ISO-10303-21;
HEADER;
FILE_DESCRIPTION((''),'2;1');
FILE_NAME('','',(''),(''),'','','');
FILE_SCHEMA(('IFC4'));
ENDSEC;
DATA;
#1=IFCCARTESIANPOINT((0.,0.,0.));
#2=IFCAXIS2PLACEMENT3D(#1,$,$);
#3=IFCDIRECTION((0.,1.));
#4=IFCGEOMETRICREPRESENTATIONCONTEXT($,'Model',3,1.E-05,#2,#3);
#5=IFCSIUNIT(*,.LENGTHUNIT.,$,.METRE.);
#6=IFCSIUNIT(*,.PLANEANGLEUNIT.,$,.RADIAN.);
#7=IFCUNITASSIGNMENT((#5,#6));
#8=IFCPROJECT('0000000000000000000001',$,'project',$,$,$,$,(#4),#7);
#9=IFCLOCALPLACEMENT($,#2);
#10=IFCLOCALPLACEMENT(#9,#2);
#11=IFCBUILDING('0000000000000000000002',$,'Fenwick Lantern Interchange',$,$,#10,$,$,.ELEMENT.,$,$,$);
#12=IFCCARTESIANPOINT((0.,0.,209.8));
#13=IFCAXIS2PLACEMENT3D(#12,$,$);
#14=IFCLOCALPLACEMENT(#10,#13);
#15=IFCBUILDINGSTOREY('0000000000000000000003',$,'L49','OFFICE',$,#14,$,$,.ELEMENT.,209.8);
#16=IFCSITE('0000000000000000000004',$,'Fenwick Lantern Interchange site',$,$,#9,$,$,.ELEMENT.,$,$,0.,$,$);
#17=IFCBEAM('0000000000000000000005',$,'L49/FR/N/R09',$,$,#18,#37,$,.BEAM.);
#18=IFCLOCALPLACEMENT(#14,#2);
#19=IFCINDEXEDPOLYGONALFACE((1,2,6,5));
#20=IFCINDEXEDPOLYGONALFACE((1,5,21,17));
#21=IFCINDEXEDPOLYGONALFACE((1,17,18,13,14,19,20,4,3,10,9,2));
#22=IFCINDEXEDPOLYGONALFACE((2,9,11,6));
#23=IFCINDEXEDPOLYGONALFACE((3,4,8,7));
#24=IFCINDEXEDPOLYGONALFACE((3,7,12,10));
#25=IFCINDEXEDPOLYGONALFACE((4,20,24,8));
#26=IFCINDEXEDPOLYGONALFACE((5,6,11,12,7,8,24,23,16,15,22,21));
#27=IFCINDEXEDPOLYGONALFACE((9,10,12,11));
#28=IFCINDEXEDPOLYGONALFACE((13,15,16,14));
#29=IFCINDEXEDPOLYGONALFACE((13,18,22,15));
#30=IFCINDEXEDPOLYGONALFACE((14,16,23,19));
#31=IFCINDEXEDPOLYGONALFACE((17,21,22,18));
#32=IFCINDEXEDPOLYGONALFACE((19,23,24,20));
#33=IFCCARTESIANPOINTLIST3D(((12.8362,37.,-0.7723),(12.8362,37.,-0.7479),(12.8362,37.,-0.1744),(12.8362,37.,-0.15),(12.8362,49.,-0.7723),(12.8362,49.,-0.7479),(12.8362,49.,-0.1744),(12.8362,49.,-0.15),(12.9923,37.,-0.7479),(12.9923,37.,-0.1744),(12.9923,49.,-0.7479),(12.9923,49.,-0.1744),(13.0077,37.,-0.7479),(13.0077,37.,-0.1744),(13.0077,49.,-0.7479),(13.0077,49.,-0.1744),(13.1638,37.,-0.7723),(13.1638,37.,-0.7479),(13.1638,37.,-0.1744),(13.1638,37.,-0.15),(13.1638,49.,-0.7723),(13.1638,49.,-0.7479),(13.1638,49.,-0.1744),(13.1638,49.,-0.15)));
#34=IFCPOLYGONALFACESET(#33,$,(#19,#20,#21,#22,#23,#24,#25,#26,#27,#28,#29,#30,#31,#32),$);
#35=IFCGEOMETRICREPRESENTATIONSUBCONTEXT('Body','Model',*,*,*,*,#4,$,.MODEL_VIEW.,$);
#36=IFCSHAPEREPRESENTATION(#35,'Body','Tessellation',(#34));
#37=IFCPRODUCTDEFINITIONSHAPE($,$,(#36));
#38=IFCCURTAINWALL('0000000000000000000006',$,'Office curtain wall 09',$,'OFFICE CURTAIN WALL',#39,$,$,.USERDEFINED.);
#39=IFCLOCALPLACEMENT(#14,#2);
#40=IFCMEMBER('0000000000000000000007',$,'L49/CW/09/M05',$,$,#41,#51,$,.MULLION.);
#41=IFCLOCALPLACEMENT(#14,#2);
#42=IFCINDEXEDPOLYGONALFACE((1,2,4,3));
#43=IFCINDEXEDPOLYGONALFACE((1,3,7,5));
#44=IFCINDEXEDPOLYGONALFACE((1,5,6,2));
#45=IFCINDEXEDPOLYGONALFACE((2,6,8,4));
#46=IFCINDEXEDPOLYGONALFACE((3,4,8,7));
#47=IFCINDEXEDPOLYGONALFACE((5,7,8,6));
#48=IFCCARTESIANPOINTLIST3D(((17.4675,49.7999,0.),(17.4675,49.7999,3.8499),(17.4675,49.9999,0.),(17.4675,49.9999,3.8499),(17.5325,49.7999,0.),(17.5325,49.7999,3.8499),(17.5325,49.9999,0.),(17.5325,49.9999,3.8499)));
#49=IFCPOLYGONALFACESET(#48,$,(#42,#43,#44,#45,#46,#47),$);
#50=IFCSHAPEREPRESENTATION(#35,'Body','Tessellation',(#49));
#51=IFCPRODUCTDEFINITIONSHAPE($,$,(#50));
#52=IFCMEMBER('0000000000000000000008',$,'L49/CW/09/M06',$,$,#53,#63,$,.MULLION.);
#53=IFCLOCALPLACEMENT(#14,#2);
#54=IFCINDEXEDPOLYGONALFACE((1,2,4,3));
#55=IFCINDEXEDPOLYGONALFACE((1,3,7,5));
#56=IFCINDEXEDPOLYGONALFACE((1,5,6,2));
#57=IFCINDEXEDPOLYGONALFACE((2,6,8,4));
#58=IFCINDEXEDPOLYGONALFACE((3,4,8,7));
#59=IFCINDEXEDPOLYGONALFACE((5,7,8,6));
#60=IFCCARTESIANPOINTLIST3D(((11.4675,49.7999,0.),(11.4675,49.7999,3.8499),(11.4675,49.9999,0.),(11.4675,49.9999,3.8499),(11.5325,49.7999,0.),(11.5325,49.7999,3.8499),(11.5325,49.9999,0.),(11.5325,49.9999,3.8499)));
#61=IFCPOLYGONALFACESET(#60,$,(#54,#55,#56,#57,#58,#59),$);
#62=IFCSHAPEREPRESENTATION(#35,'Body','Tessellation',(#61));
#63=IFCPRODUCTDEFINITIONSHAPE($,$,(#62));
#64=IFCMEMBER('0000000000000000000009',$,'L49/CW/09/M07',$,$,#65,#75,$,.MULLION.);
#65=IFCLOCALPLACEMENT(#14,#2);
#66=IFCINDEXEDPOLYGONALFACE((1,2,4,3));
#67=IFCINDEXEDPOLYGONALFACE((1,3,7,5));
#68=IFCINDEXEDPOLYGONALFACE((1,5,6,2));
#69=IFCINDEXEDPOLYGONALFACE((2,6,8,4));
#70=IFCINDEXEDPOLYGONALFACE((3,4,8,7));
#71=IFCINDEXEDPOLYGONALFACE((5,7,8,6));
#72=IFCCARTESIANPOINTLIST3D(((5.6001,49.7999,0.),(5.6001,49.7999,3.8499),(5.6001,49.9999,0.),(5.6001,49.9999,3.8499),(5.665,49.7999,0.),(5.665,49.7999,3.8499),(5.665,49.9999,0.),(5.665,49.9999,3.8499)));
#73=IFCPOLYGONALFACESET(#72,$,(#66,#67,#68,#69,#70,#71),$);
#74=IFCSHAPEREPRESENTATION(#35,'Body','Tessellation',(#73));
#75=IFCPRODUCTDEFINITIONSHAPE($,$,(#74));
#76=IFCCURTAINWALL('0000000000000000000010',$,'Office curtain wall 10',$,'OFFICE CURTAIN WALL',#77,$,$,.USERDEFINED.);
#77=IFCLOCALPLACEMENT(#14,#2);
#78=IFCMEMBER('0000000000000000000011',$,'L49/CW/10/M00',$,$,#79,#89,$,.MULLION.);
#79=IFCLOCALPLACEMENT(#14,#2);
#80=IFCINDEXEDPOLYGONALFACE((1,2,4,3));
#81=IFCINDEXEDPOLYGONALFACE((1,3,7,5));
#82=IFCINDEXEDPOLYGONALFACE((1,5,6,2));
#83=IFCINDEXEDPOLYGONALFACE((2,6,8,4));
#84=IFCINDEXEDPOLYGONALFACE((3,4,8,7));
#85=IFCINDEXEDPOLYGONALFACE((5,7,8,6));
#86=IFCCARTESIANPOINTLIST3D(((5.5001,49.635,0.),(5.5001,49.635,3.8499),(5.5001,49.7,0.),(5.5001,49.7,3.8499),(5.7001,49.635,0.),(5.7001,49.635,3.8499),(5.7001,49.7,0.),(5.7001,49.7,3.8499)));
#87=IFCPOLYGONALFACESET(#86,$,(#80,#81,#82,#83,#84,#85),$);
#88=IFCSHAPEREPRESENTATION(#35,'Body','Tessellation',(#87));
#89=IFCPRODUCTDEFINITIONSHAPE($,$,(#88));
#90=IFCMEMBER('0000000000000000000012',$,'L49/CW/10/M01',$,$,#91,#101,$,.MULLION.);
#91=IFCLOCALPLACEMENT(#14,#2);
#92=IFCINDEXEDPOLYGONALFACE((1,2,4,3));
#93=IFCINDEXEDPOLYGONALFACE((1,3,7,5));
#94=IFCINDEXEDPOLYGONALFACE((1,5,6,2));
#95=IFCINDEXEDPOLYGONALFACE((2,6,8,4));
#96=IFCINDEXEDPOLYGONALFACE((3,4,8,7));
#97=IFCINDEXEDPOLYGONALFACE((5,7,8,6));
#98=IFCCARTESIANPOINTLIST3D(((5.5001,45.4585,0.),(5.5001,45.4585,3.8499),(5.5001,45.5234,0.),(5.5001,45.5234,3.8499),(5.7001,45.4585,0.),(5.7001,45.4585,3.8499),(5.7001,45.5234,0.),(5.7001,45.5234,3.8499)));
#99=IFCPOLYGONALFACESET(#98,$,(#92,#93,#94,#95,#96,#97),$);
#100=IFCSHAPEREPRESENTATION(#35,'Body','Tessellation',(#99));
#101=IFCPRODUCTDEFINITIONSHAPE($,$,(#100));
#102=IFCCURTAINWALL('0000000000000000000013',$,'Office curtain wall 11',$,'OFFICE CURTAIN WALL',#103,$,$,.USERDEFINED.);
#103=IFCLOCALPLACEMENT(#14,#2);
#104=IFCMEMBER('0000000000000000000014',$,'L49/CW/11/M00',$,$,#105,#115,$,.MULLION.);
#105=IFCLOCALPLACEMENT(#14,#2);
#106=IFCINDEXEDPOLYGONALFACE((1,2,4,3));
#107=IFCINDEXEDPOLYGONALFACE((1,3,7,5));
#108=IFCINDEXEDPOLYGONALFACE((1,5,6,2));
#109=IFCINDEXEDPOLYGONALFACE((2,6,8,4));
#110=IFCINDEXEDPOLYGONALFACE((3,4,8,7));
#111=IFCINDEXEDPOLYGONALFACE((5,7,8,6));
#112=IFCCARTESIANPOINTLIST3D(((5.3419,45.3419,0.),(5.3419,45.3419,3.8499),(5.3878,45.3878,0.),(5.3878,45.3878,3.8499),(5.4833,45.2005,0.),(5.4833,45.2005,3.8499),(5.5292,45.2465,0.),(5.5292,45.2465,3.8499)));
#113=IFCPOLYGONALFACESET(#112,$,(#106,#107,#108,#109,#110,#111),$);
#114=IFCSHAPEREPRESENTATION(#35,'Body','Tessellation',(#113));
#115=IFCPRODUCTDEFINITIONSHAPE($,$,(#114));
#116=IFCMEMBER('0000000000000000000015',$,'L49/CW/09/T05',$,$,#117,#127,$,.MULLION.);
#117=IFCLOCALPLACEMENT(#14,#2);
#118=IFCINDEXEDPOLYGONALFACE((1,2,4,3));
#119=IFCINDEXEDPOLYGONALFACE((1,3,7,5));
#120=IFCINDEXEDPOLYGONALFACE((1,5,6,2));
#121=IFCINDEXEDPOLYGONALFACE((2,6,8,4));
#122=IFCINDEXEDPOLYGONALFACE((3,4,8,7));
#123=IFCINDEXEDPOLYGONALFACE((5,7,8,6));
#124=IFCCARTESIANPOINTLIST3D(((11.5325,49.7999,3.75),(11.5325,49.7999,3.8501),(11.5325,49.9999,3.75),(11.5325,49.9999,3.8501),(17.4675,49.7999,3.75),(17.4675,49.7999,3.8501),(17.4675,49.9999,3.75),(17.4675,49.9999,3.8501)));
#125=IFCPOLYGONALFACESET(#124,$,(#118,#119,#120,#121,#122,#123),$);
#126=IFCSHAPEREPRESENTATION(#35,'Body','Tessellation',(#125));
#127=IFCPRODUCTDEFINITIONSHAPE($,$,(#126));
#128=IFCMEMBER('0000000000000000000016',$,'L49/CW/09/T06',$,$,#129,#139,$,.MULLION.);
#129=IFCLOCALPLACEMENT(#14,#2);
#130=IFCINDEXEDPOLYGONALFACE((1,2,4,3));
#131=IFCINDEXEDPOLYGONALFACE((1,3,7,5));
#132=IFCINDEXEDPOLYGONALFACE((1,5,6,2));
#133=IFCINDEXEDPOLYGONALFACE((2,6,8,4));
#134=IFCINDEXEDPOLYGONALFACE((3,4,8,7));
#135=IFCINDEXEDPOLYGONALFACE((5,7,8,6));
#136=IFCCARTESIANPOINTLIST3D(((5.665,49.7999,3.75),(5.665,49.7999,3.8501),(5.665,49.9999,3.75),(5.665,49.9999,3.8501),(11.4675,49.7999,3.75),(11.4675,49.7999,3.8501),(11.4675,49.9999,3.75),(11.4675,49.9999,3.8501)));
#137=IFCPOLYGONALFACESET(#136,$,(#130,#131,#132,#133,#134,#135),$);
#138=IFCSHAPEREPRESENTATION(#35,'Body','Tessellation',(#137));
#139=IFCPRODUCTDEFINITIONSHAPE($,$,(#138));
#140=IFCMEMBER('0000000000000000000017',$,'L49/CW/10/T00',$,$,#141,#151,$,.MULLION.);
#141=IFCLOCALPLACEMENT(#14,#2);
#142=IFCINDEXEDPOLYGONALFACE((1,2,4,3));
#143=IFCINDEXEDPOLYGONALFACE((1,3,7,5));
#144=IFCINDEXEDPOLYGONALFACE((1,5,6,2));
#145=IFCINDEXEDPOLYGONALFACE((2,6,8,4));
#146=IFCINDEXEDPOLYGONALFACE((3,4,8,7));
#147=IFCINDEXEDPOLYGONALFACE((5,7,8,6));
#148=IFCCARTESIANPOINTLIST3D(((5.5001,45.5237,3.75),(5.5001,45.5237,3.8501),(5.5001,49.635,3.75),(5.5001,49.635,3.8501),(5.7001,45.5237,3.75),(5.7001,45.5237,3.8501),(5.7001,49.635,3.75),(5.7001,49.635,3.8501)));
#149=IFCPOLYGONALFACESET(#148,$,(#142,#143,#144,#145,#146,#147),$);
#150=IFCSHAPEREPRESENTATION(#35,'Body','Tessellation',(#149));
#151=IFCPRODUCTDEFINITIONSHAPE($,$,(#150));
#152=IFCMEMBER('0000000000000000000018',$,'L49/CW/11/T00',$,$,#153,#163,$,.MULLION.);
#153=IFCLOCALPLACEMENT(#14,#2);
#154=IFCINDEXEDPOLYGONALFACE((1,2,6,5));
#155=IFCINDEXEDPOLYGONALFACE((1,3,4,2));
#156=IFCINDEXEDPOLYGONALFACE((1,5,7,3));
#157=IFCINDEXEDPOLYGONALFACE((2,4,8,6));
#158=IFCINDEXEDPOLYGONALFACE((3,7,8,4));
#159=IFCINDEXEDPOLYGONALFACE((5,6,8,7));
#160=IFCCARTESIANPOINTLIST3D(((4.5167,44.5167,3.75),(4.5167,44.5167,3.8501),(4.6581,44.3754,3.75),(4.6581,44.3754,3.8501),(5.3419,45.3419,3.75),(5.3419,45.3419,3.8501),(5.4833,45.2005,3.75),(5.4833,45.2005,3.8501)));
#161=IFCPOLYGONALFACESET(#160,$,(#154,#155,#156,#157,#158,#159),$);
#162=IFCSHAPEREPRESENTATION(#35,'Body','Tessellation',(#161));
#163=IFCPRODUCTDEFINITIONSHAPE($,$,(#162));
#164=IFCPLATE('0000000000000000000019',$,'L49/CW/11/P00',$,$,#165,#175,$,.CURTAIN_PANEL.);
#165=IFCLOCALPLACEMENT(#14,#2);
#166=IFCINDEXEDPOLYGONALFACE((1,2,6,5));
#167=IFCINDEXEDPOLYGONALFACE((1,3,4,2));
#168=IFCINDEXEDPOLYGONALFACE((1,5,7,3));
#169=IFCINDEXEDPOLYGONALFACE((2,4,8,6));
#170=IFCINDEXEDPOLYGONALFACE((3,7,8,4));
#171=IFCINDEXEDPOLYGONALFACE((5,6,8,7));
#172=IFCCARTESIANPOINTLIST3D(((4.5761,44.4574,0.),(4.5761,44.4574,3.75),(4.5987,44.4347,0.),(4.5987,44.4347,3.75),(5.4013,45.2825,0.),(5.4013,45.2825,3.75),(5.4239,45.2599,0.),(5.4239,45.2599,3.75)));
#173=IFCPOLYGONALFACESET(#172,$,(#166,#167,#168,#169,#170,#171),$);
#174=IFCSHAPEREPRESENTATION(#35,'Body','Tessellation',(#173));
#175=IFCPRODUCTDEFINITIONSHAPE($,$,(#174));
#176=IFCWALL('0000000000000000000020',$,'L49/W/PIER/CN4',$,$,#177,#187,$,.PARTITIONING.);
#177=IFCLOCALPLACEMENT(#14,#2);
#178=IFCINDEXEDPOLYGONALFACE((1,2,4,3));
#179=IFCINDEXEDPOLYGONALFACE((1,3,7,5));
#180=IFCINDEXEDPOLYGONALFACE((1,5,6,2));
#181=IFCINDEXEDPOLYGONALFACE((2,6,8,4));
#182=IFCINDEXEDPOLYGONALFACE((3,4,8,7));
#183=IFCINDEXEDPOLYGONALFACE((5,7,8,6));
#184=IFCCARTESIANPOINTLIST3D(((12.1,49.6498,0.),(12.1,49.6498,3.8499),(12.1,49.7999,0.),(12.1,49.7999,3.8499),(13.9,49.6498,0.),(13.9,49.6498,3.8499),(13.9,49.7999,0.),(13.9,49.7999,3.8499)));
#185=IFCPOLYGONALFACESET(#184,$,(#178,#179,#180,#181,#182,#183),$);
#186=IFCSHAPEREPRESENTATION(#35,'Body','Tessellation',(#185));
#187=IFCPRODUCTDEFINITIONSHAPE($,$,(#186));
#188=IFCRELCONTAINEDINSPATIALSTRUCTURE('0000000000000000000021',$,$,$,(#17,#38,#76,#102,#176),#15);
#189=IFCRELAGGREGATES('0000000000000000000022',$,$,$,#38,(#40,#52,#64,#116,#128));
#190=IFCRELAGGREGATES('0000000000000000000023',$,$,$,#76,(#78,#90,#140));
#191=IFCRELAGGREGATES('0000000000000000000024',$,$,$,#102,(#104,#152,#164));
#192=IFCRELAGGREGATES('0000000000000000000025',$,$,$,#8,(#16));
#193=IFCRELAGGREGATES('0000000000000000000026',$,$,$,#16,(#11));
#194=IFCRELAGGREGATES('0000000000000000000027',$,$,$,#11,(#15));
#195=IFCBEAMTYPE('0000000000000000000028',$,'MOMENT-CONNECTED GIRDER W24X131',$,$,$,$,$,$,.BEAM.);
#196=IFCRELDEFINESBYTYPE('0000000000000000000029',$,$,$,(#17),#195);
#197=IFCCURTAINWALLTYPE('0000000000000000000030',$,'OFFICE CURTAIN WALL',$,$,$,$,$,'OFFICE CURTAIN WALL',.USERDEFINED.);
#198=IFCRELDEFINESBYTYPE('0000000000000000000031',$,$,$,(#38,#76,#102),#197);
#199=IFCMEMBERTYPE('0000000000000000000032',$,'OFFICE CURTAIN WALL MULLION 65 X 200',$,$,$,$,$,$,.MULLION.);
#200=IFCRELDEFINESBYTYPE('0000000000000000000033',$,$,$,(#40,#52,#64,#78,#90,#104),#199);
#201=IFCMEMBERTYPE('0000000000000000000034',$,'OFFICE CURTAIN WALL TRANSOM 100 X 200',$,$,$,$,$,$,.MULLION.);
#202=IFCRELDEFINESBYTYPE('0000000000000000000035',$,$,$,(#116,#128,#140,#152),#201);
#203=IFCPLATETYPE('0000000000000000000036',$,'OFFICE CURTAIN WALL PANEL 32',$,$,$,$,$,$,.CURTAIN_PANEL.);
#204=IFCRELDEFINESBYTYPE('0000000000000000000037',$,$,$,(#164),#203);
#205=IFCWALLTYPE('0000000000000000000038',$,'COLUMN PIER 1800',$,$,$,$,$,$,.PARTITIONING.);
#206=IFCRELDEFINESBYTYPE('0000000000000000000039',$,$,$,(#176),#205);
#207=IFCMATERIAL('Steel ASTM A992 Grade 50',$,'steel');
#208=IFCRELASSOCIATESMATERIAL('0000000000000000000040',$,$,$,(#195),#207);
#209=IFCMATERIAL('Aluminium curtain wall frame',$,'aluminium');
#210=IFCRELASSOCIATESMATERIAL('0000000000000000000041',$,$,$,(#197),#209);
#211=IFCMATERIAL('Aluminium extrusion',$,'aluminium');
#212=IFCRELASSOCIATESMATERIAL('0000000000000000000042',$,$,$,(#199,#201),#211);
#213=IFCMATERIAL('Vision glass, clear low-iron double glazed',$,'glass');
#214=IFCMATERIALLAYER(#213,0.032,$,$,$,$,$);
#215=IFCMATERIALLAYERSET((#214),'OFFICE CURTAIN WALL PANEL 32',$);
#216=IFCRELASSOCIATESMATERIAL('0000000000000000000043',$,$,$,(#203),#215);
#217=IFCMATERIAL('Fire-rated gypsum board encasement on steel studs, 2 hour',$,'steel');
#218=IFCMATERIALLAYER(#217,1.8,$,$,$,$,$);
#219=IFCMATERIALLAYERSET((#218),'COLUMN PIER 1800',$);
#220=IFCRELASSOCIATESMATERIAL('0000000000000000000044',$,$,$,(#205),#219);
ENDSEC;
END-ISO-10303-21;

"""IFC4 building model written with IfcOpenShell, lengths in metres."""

from ifc_helpers import new_model, si_unit, direction, frame, frame_2d, origin, origin_2d, place, context, subcontext, project, spatial, rectangle, i_section, extrude, material, layer, layer_set, material_profile, profile_set, type_object, element, aggregate, save


model = new_model("IFC4")

# Units and contexts
model_context = context("Model", 3, precision=1e-05, world=origin(), true_north=direction((0.0, 1.0)))
body_context = subcontext(model_context, "Body", "Model", "MODEL_VIEW")
ifc_project = project(units=[si_unit("LENGTHUNIT", "METRE"), si_unit("PLANEANGLEUNIT", "RADIAN")], contexts=[model_context])

# Site, building, storey
site_placement = place(None, origin())
site = spatial("IfcSite", under=ifc_project, at=site_placement, Name="Fenwick Lantern Interchange site", CompositionType="ELEMENT", RefElevation=0.0)
building_placement = place(site_placement, origin())
building = spatial("IfcBuilding", under=site, at=building_placement, Name="Fenwick Lantern Interchange", CompositionType="ELEMENT")
storey_placement = place(building_placement, frame((0.0, 0.0, 209.8)))
storey = spatial("IfcBuildingStorey", under=building, at=storey_placement, Name="L49", Description="OFFICE", CompositionType="ELEMENT", Elevation=209.8)

# Shared definitions
ifc_material_1 = material(Name="Steel ASTM A992 Grade 50", Category="steel")

# Beam
ifc_material_profile_1 = material_profile(ifc_material_1, i_section(OverallWidth=0.3276, OverallDepth=0.6223, WebThickness=0.0154, FlangeThickness=0.0244, at=origin_2d()), Name="W24X131")
ifc_profile_set_1 = profile_set([ifc_material_profile_1], Name="Steel ASTM A992 Grade 50")
beam_type_1 = type_object("IfcBeamType", Name="MOMENT-CONNECTED GIRDER W24X131", PredefinedType="BEAM", material=ifc_profile_set_1)
beam_1_placement = place(storey_placement, frame((13.0, 49.0, -0.4612), z_axis=(0.0, -1.0, 0.0), x_axis=(1.0, 0.0, 0.0)))
element("IfcBeam", 1, at=beam_1_placement, inside=storey, type_object=beam_type_1, Name="L49/FR/N/R09", PredefinedType="BEAM", context=body_context, shape_type="SweptSolid", body=[
    extrude(i_section(OverallWidth=0.3276, OverallDepth=0.6223, WebThickness=0.0154, FlangeThickness=0.0244, at=origin_2d()), origin(), (0.0, 0.0, 1.0), 12.0),
])

# Curtain walls, members
ifc_material_2 = material(Name="Aluminium curtain wall frame", Category="aluminium")
curtain_wall_type = type_object("IfcCurtainWallType", Name="OFFICE CURTAIN WALL", ElementType="OFFICE CURTAIN WALL", PredefinedType="USERDEFINED", material=ifc_material_2)
curtain_wall_1_placement = place(storey_placement, origin())
curtain_wall_1 = element("IfcCurtainWall", 2, at=curtain_wall_1_placement, inside=storey, type_object=curtain_wall_type, Name="Office curtain wall 09", ObjectType="OFFICE CURTAIN WALL", PredefinedType="USERDEFINED")
ifc_material_3 = material(Name="Aluminium extrusion", Category="aluminium")
ifc_material_profile_2 = material_profile(ifc_material_3, rectangle(XDim=0.2, YDim=0.0649, at=origin_2d()), Name="OFFICE CURTAIN WALL MULLION 65 X 200")
ifc_profile_set_2 = profile_set([ifc_material_profile_2], Name="Aluminium extrusion")
member_type_1 = type_object("IfcMemberType", Name="OFFICE CURTAIN WALL MULLION 65 X 200", PredefinedType="MULLION", material=ifc_profile_set_2)
member_1_placement = place(storey_placement, frame((17.5, 49.8999, 0.0), z_axis=(0.0, 0.0, 1.0), x_axis=(0.0, -1.0, 0.0)))
member_1 = element("IfcMember", 3, at=member_1_placement, type_object=member_type_1, Name="L49/CW/09/M05", PredefinedType="MULLION", context=body_context, shape_type="SweptSolid", body=[
    extrude(rectangle(XDim=0.2, YDim=0.0649, at=origin_2d()), origin(), (0.0, 0.0, 1.0), 3.8499),
])
member_2_placement = place(storey_placement, frame((11.5, 49.8999, 0.0), z_axis=(0.0, 0.0, 1.0), x_axis=(0.0, -1.0, 0.0)))
member_2 = element("IfcMember", 4, at=member_2_placement, type_object=member_type_1, Name="L49/CW/09/M06", PredefinedType="MULLION", context=body_context, shape_type="SweptSolid", body=[
    extrude(rectangle(XDim=0.2, YDim=0.0649, at=origin_2d()), origin(), (0.0, 0.0, 1.0), 3.8499),
])
member_3_placement = place(storey_placement, frame((5.6326, 49.8999, 0.0), z_axis=(0.0, 0.0, 1.0), x_axis=(0.0, -1.0, 0.0)))
member_3 = element("IfcMember", 5, at=member_3_placement, type_object=member_type_1, Name="L49/CW/09/M07", PredefinedType="MULLION", context=body_context, shape_type="SweptSolid", body=[
    extrude(rectangle(XDim=0.2, YDim=0.0649, at=origin_2d()), origin(), (0.0, 0.0, 1.0), 3.8499),
])
curtain_wall_2_placement = place(storey_placement, origin())
curtain_wall_2 = element("IfcCurtainWall", 6, at=curtain_wall_2_placement, inside=storey, type_object=curtain_wall_type, Name="Office curtain wall 10", ObjectType="OFFICE CURTAIN WALL", PredefinedType="USERDEFINED")
member_4_placement = place(storey_placement, frame((5.6001, 49.6675, 0.0), z_axis=(0.0, 0.0, 1.0), x_axis=(1.0, 0.0, 0.0)))
member_4 = element("IfcMember", 7, at=member_4_placement, type_object=member_type_1, Name="L49/CW/10/M00", PredefinedType="MULLION", context=body_context, shape_type="SweptSolid", body=[
    extrude(rectangle(XDim=0.2, YDim=0.0649, at=origin_2d()), origin(), (0.0, 0.0, 1.0), 3.8499),
])
member_5_placement = place(storey_placement, frame((5.6001, 45.491, 0.0), z_axis=(0.0, 0.0, 1.0), x_axis=(1.0, 0.0, 0.0)))
member_5 = element("IfcMember", 8, at=member_5_placement, type_object=member_type_1, Name="L49/CW/10/M01", PredefinedType="MULLION", context=body_context, shape_type="SweptSolid", body=[
    extrude(rectangle(XDim=0.2, YDim=0.0649, at=origin_2d()), origin(), (0.0, 0.0, 1.0), 3.8499),
])

# Curtain wall, member
curtain_wall_3_placement = place(storey_placement, origin())
curtain_wall_3 = element("IfcCurtainWall", 9, at=curtain_wall_3_placement, inside=storey, type_object=curtain_wall_type, Name="Office curtain wall 11", ObjectType="OFFICE CURTAIN WALL", PredefinedType="USERDEFINED")
member_6_placement = place(storey_placement, frame((5.4355, 45.2942, 0.0), z_axis=(0.0, 0.0, 1.0), x_axis=(0.707107, -0.707107, 0.0)))
member_6 = element("IfcMember", 10, at=member_6_placement, type_object=member_type_1, Name="L49/CW/11/M00", PredefinedType="MULLION", context=body_context, shape_type="SweptSolid", body=[
    extrude(rectangle(XDim=0.2, YDim=0.0649, at=origin_2d()), origin(), (0.0, 0.0, 1.0), 3.8499),
])

# Members
ifc_material_profile_3 = material_profile(ifc_material_3, rectangle(XDim=0.2, YDim=0.1001, at=origin_2d()), Name="OFFICE CURTAIN WALL TRANSOM 100 X 200")
ifc_profile_set_3 = profile_set([ifc_material_profile_3], Name="Aluminium extrusion")
member_type_2 = type_object("IfcMemberType", Name="OFFICE CURTAIN WALL TRANSOM 100 X 200", PredefinedType="MULLION", material=ifc_profile_set_3)
member_7_placement = place(storey_placement, frame((17.4675, 49.8999, 3.8), z_axis=(-1.0, 0.0, 0.0), x_axis=(0.0, -1.0, 0.0)))
member_7 = element("IfcMember", 11, at=member_7_placement, type_object=member_type_2, Name="L49/CW/09/T05", PredefinedType="MULLION", context=body_context, shape_type="SweptSolid", body=[
    extrude(rectangle(XDim=0.2, YDim=0.1001, at=origin_2d()), origin(), (0.0, 0.0, 1.0), 5.9351),
])
member_8_placement = place(storey_placement, frame((11.4675, 49.8999, 3.8), z_axis=(-1.0, 0.0, 0.0), x_axis=(0.0, -1.0, 0.0)))
member_8 = element("IfcMember", 12, at=member_8_placement, type_object=member_type_2, Name="L49/CW/09/T06", PredefinedType="MULLION", context=body_context, shape_type="SweptSolid", body=[
    extrude(rectangle(XDim=0.2, YDim=0.1001, at=origin_2d()), origin(), (0.0, 0.0, 1.0), 5.8025),
])
aggregate(curtain_wall_1, [member_1, member_2, member_3, member_7, member_8])
member_9_placement = place(storey_placement, frame((5.6001, 49.635, 3.8), z_axis=(0.0, -1.0, 0.0), x_axis=(1.0, 0.0, 0.0)))
member_9 = element("IfcMember", 13, at=member_9_placement, type_object=member_type_2, Name="L49/CW/10/T00", PredefinedType="MULLION", context=body_context, shape_type="SweptSolid", body=[
    extrude(rectangle(XDim=0.2, YDim=0.1001, at=origin_2d()), origin(), (0.0, 0.0, 1.0), 4.1113),
])
member_10_placement = place(storey_placement, frame((5.4126, 45.2712, 3.8), z_axis=(-0.707107, -0.707107, 0.0), x_axis=(0.707107, -0.707107, 0.0)))
member_10 = element("IfcMember", 14, at=member_10_placement, type_object=member_type_2, Name="L49/CW/11/T00", PredefinedType="MULLION", context=body_context, shape_type="SweptSolid", body=[
    extrude(rectangle(XDim=0.2, YDim=0.1001, at=origin_2d()), origin(), (0.0, 0.0, 1.0), 1.167),
])

# Plate
ifc_material_4 = material(Name="Vision glass, clear low-iron double glazed", Category="glass")
ifc_layer_1 = layer(ifc_material_4, 0.032)
ifc_layer_set_1 = layer_set([ifc_layer_1], Name="OFFICE CURTAIN WALL PANEL 32")
plate_type = type_object("IfcPlateType", Name="OFFICE CURTAIN WALL PANEL 32", PredefinedType="CURTAIN_PANEL", material=ifc_layer_set_1)
aggregate(curtain_wall_2, [member_4, member_5, member_9])
plate_1_placement = place(storey_placement, frame((5.0, 44.8586, 0.0), z_axis=(0.0, 0.0, 1.0), x_axis=(-0.707107, -0.707107, 0.0)))
plate_1 = element("IfcPlate", 15, at=plate_1_placement, type_object=plate_type, Name="L49/CW/11/P00", PredefinedType="CURTAIN_PANEL", context=body_context, shape_type="SweptSolid", body=[
    extrude(rectangle(XDim=1.167, YDim=0.032, at=origin_2d()), origin(), (0.0, 0.0, 1.0), 3.75),
])
aggregate(curtain_wall_3, [member_6, member_10, plate_1])

# Wall
ifc_material_5 = material(Name="Fire-rated gypsum board encasement on steel studs, 2 hour", Category="steel")
ifc_layer_2 = layer(ifc_material_5, 1.8)
ifc_layer_set_2 = layer_set([ifc_layer_2], Name="COLUMN PIER 1800")
wall_type_1 = type_object("IfcWallType", Name="COLUMN PIER 1800", PredefinedType="PARTITIONING", material=ifc_layer_set_2)
wall_1_placement = place(storey_placement, frame((13.0, 49.8, 0.0), z_axis=(0.0, 0.0, 1.0), x_axis=(0.0, -1.0, 0.0)))
element("IfcWall", 16, at=wall_1_placement, inside=storey, type_object=wall_type_1, Name="L49/W/PIER/CN4", PredefinedType="PARTITIONING", context=body_context, shape_type="SweptSolid", body=[
    extrude(rectangle(XDim=0.1501, YDim=1.8, at=frame_2d((0.0752, 0.0))), origin(), (0.0, 0.0, 1.0), 3.8499),
])

save(model, "model.ifc")
